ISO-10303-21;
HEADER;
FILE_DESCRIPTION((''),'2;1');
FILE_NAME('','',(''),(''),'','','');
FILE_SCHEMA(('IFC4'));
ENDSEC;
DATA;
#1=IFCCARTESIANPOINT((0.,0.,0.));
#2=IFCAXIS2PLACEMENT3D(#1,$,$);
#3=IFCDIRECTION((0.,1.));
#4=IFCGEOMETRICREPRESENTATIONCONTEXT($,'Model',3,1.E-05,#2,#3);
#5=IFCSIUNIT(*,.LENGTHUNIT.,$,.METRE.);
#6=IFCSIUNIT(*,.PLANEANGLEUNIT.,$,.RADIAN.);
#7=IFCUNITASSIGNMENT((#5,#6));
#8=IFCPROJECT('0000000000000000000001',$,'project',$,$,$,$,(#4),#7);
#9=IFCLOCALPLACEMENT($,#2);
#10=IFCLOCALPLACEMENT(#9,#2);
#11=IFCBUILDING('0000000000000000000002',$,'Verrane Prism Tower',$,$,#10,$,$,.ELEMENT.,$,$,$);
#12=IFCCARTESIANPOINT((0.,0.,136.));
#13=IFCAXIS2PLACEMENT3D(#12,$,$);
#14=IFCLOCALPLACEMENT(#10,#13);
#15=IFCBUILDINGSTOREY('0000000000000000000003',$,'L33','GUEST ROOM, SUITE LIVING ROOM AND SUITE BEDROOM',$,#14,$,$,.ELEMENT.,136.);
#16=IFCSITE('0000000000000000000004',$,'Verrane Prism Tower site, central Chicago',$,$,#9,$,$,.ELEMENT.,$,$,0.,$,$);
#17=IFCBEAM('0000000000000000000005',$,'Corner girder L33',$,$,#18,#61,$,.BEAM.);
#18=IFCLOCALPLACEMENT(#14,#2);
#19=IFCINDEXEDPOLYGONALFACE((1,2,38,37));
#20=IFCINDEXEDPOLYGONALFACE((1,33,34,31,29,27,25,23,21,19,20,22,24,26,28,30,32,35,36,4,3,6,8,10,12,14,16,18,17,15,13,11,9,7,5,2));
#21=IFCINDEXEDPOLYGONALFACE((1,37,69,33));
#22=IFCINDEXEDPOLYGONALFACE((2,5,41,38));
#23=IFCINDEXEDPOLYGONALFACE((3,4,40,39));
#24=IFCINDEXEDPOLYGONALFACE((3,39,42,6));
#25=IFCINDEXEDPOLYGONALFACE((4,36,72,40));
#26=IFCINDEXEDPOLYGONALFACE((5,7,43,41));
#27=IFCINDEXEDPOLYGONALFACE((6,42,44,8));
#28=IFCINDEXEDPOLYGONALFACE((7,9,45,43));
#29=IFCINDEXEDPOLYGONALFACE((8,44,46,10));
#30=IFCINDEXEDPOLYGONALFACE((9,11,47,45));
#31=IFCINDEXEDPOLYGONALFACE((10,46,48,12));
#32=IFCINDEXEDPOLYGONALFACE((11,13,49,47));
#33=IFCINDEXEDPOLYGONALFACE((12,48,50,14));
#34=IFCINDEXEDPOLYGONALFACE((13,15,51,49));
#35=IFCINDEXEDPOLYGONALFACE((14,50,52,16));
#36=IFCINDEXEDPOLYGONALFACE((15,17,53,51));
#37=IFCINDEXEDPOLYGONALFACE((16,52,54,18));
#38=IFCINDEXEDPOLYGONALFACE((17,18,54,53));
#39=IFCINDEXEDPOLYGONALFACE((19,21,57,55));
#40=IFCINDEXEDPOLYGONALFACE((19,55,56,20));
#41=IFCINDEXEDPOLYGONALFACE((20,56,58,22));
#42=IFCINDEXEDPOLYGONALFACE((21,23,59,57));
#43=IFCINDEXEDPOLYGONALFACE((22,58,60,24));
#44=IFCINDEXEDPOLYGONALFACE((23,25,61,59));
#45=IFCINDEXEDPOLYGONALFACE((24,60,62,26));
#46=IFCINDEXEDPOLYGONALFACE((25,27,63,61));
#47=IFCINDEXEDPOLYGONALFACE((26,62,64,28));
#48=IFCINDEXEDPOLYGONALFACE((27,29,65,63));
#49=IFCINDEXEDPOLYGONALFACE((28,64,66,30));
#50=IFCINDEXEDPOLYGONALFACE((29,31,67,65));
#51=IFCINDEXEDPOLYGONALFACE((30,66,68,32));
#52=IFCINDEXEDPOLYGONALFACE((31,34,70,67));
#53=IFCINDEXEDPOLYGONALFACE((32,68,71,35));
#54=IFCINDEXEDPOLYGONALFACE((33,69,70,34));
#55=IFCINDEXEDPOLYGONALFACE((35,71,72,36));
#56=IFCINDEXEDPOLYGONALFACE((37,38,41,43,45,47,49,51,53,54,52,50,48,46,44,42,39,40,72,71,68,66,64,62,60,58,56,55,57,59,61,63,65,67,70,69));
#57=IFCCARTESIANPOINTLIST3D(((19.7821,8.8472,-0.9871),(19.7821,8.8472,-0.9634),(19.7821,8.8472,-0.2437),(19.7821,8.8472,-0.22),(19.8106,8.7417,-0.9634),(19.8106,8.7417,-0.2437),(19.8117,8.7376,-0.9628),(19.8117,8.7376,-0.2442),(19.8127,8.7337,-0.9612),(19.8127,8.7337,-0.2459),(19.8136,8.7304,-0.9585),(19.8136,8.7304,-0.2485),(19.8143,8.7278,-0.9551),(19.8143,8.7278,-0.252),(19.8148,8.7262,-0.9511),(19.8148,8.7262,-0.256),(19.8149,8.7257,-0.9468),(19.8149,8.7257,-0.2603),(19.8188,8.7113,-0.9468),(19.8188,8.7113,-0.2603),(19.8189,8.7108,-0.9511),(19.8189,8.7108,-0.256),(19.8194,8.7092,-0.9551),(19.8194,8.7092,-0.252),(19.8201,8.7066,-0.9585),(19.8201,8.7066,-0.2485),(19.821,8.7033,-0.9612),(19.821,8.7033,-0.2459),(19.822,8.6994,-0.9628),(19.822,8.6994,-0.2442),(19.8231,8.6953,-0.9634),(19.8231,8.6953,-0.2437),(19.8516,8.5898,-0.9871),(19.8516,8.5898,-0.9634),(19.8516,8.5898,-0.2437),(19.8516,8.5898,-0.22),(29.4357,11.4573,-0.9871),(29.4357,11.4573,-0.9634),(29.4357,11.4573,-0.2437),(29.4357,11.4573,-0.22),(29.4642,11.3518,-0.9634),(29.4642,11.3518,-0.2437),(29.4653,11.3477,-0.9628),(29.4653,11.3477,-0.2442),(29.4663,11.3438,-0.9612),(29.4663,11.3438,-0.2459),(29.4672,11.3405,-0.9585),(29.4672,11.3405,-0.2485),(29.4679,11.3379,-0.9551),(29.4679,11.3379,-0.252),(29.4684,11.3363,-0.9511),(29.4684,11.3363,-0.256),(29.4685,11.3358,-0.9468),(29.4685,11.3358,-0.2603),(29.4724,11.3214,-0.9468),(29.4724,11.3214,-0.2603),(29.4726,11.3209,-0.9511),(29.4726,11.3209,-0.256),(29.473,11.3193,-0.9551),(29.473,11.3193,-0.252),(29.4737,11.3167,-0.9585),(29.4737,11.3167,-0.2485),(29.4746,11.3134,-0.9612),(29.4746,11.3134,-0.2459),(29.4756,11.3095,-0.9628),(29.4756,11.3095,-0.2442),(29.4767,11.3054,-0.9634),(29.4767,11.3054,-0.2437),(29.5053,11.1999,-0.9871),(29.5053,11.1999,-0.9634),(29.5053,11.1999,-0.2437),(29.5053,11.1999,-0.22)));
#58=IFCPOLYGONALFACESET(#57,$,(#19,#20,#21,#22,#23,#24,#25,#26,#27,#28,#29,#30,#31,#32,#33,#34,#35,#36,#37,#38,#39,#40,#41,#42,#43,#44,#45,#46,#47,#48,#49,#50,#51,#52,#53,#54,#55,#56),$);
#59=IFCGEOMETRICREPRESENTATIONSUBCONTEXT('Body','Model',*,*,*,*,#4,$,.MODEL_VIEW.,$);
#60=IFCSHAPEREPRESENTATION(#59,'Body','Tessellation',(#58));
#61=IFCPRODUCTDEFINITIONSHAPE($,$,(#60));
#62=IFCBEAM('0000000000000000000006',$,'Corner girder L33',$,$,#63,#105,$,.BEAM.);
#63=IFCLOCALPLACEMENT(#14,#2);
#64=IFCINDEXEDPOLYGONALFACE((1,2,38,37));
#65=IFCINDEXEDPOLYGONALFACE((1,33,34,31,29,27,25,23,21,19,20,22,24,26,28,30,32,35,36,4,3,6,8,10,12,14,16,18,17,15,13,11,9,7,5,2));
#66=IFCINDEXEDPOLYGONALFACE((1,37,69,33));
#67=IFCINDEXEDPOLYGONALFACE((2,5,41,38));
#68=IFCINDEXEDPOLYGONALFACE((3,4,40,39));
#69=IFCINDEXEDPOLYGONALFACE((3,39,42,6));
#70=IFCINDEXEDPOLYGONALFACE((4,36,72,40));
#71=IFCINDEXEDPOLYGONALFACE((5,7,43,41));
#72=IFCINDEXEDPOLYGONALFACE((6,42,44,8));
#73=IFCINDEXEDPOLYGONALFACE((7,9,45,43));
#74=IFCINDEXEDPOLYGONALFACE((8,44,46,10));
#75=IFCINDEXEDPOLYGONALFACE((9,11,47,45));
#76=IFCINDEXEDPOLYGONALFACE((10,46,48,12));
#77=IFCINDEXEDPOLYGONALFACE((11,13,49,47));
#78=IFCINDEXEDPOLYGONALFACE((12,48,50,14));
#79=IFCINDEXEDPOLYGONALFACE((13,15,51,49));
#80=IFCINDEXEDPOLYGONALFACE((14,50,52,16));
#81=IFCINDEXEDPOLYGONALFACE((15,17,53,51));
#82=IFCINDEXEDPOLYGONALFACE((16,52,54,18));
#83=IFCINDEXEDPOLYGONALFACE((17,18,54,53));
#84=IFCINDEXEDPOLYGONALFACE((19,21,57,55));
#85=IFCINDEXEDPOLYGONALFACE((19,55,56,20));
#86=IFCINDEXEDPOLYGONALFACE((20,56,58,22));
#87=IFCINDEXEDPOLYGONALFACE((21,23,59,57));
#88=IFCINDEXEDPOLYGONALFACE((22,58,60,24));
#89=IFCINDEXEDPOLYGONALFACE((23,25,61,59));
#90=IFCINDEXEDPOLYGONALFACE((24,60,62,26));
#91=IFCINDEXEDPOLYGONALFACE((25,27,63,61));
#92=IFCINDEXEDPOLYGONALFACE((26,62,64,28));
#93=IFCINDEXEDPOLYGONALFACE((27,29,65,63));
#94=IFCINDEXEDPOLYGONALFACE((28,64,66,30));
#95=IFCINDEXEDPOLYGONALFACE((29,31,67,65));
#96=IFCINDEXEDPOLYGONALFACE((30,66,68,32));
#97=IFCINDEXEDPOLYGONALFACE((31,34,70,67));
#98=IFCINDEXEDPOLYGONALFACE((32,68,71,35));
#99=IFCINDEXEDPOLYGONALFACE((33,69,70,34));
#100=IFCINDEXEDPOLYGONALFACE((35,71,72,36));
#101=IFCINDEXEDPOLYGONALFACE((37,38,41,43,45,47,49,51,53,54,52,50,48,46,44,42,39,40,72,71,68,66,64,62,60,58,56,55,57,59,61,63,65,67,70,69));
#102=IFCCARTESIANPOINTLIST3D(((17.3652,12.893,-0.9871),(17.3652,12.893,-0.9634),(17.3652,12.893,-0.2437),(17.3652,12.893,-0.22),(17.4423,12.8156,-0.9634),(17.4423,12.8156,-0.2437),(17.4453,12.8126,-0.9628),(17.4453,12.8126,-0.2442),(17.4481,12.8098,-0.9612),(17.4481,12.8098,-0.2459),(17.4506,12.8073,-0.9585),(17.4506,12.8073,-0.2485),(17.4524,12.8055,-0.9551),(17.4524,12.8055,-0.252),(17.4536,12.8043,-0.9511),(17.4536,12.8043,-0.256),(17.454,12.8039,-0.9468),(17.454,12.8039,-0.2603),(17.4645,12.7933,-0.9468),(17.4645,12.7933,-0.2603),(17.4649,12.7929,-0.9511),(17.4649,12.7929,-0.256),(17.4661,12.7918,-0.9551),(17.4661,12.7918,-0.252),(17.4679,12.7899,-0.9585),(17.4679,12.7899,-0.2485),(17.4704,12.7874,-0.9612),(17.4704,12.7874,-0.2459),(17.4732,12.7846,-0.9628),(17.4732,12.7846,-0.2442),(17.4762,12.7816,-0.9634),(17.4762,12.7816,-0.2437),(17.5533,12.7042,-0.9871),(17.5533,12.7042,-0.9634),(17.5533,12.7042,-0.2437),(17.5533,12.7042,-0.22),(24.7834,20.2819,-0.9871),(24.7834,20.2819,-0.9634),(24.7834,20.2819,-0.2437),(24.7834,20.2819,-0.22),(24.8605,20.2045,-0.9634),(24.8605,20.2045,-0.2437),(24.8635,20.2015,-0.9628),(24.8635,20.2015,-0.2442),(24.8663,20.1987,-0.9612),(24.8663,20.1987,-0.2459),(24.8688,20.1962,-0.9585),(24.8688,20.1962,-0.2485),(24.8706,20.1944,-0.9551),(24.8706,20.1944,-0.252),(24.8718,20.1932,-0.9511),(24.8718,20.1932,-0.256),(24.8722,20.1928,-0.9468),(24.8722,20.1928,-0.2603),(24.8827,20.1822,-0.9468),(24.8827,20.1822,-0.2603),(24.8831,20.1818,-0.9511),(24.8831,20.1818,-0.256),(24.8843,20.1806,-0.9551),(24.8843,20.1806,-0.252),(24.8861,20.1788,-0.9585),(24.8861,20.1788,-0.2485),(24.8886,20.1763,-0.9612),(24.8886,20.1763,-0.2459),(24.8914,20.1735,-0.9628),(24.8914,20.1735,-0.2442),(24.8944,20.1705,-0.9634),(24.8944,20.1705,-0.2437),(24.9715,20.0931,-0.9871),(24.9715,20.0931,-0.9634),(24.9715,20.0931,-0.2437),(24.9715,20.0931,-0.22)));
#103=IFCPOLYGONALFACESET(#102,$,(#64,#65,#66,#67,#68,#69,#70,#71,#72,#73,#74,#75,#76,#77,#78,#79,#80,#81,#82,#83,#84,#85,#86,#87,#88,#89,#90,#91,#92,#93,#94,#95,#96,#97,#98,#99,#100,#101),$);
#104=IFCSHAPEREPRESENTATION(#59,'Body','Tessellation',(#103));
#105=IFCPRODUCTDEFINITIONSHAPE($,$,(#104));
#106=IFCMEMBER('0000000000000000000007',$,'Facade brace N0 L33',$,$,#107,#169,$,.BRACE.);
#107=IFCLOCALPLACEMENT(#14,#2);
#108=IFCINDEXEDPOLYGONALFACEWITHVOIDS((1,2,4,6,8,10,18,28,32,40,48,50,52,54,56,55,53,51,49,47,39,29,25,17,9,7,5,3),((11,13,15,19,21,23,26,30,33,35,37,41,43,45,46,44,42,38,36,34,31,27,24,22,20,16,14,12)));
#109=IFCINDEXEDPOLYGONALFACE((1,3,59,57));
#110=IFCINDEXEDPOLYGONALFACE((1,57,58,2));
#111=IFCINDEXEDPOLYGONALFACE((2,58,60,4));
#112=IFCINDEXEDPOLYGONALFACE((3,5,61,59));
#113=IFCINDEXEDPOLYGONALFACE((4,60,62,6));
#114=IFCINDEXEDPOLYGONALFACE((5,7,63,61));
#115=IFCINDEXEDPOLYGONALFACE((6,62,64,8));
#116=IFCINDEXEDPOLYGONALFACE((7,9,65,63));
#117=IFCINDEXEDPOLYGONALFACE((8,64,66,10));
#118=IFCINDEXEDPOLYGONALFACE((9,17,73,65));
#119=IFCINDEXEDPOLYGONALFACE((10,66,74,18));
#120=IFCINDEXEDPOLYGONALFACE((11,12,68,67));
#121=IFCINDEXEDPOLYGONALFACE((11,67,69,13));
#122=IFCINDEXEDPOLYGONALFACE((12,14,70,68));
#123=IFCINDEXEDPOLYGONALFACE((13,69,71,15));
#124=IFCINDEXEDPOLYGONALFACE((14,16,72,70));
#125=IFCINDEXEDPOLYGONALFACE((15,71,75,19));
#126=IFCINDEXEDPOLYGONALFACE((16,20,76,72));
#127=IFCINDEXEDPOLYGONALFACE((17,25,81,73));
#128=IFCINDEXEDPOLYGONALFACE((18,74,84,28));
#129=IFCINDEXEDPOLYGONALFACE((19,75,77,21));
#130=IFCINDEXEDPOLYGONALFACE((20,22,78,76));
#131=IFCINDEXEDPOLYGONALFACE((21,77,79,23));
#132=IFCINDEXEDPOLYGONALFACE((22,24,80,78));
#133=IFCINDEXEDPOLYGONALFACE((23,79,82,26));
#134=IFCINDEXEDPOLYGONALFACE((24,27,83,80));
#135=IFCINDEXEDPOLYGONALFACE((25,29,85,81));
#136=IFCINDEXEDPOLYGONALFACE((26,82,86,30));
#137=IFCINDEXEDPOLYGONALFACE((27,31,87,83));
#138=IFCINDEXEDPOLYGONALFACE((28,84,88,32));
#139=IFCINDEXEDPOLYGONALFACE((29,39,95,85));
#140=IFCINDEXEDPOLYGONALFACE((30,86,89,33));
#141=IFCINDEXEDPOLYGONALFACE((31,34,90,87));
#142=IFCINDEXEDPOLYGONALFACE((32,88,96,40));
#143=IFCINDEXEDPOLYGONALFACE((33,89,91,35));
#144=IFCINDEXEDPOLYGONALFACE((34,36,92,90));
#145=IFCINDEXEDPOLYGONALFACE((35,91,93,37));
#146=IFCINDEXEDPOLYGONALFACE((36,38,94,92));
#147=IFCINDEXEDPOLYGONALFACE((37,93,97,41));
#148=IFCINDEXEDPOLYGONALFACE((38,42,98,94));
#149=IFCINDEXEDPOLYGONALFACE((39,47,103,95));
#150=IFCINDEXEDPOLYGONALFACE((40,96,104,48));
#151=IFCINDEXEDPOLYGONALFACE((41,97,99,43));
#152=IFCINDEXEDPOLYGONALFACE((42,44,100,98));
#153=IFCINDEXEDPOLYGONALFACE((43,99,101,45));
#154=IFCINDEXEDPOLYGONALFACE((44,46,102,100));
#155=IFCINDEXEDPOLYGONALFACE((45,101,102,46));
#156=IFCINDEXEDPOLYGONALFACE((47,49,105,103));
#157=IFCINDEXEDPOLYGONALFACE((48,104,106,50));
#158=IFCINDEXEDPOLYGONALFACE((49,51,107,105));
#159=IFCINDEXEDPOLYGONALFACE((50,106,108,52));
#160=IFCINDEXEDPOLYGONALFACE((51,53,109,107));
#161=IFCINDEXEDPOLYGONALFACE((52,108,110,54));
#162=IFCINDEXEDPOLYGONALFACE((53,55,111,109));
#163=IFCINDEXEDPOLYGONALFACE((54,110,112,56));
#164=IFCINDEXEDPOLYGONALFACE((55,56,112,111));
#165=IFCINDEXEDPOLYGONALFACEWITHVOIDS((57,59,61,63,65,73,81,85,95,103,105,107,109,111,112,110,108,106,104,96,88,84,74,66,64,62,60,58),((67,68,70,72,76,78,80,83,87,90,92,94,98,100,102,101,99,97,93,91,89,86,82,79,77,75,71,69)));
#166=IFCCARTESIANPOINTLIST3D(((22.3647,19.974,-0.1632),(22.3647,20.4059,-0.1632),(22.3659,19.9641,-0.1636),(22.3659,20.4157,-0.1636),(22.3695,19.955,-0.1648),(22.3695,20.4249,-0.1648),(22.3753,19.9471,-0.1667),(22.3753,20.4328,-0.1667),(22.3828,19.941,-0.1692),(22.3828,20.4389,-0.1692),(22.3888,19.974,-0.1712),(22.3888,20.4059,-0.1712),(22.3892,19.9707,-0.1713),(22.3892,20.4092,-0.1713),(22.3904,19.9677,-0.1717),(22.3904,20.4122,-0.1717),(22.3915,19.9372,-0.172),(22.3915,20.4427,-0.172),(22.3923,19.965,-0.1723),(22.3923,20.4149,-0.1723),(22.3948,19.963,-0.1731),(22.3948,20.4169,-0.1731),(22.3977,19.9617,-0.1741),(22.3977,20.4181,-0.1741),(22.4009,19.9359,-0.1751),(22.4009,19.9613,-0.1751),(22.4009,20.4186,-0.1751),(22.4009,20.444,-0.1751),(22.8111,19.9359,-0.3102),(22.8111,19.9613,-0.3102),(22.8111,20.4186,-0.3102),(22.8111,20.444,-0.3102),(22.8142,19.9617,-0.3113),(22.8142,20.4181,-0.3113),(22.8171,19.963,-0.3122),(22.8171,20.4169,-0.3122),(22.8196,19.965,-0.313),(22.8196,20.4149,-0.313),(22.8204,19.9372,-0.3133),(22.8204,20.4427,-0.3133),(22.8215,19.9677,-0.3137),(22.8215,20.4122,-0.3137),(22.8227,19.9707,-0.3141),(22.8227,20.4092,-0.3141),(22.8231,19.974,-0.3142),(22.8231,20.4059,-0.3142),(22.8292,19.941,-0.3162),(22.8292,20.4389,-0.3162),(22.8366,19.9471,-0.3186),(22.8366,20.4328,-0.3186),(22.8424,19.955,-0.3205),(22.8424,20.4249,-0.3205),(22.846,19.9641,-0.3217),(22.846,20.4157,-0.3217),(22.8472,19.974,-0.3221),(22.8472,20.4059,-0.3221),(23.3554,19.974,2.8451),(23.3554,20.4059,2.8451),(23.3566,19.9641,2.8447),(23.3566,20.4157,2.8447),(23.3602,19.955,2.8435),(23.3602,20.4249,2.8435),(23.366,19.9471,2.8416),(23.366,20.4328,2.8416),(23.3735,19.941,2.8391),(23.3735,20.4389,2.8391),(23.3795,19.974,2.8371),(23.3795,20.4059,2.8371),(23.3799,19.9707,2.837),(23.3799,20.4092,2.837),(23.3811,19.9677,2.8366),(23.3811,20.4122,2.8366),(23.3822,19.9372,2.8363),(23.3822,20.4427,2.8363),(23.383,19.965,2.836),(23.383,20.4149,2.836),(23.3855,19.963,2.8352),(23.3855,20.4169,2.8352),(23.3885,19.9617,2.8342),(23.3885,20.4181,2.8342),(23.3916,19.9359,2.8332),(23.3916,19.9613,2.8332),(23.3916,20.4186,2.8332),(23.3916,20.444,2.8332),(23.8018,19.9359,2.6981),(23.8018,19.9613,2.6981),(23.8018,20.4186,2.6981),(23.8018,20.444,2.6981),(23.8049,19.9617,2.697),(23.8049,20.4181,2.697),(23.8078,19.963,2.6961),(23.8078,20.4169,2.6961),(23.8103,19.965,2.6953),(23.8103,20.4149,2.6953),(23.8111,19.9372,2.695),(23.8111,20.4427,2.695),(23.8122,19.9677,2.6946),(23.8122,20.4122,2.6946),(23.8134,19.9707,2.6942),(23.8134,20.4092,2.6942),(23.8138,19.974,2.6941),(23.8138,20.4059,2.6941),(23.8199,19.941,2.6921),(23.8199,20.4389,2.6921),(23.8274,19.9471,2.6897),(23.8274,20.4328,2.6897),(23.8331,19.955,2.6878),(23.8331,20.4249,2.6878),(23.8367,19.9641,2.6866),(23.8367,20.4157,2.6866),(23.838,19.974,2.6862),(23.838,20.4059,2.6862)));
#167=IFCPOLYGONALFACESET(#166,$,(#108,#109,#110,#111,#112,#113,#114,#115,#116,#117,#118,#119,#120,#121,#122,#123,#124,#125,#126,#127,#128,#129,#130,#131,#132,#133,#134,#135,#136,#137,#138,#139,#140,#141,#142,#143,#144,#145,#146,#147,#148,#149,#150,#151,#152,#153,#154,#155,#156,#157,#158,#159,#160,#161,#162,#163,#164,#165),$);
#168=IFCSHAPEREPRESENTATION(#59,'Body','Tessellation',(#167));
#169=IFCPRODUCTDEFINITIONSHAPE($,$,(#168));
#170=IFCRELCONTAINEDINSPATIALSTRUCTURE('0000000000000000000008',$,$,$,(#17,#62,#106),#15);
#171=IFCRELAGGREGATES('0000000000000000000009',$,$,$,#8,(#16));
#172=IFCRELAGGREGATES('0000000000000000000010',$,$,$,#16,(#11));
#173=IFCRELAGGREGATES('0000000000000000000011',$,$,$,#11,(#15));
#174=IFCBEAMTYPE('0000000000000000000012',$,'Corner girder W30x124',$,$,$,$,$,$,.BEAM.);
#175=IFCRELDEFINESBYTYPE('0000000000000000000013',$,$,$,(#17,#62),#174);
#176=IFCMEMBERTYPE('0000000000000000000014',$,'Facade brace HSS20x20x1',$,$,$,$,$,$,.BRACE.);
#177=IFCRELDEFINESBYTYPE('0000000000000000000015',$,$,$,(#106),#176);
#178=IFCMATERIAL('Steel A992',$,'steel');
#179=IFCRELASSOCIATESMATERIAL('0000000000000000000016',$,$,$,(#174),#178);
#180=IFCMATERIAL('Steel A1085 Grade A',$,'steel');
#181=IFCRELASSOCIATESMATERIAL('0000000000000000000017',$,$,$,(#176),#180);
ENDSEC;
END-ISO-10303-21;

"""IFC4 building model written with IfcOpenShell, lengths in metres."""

from ifc_helpers import new_model, si_unit, direction, frame, origin, origin_2d, place, context, subcontext, project, spatial, hollow_rectangle, i_section, extrude, material, material_profile, profile_set, type_object, element, save


model = new_model("IFC4")

# Units and contexts
model_context = context("Model", 3, precision=1e-05, world=origin(), true_north=direction((0.0, 1.0)))
body_context = subcontext(model_context, "Body", "Model", "MODEL_VIEW")
ifc_project = project(units=[si_unit("LENGTHUNIT", "METRE"), si_unit("PLANEANGLEUNIT", "RADIAN")], contexts=[model_context])

# Site, building, storey
site_placement = place(None, origin())
site = spatial("IfcSite", under=ifc_project, at=site_placement, Name="Verrane Prism Tower site, central Chicago", CompositionType="ELEMENT", RefElevation=0.0)
building_placement = place(site_placement, origin())
building = spatial("IfcBuilding", under=site, at=building_placement, Name="Verrane Prism Tower", CompositionType="ELEMENT")
storey_placement = place(building_placement, frame((0.0, 0.0, 136.0)))
storey = spatial("IfcBuildingStorey", under=building, at=storey_placement, Name="L33", Description="GUEST ROOM, SUITE LIVING ROOM AND SUITE BEDROOM", CompositionType="ELEMENT", Elevation=136.0)

# Beams
ifc_material_1 = material(Name="Steel A992", Category="steel")
ifc_material_profile_1 = material_profile(ifc_material_1, i_section(OverallWidth=0.2666, OverallDepth=0.7671, WebThickness=0.0149, FlangeThickness=0.0237, FilletRadius=0.0166, at=origin_2d()), Name="W30x124")
ifc_profile_set_1 = profile_set([ifc_material_profile_1], Name="Steel A992")
beam_type_1 = type_object("IfcBeamType", Name="Corner girder W30x124", PredefinedType="BEAM", material=ifc_profile_set_1)
beam_1_placement = place(storey_placement, frame((29.4705, 11.3286, -0.6035), z_axis=(-0.965337, -0.261006, 0.0), x_axis=(0.261006, -0.965337, 0.0)))
element("IfcBeam", 1, at=beam_1_placement, inside=storey, type_object=beam_type_1, Name="Corner girder L33", PredefinedType="BEAM", context=body_context, shape_type="SweptSolid", body=[
    extrude(i_section(OverallWidth=0.2666, OverallDepth=0.7671, WebThickness=0.0149, FlangeThickness=0.0237, FilletRadius=0.0166, at=origin_2d()), origin(), (0.0, 0.0, 1.0), 10.0002),
])
beam_2_placement = place(storey_placement, frame((24.8774, 20.1875, -0.6035), z_axis=(-0.708504, -0.705706, 0.0), x_axis=(0.705706, -0.708504, 0.0)))
element("IfcBeam", 2, at=beam_2_placement, inside=storey, type_object=beam_type_1, Name="Corner girder L33", PredefinedType="BEAM", context=body_context, shape_type="SweptSolid", body=[
    extrude(i_section(OverallWidth=0.2666, OverallDepth=0.7671, WebThickness=0.0149, FlangeThickness=0.0237, FilletRadius=0.0166, at=origin_2d()), origin(), (0.0, 0.0, 1.0), 10.4702),
])

# Member
ifc_material_2 = material(Name="Steel A1085 Grade A", Category="steel")
ifc_material_profile_2 = material_profile(ifc_material_2, hollow_rectangle(XDim=0.5081, YDim=0.5081, WallThickness=0.0254, InnerFilletRadius=0.0127, OuterFilletRadius=0.0381, at=origin_2d()), Name="HSS20x20x1")
ifc_profile_set_2 = profile_set([ifc_material_profile_2], Name="Steel A1085 Grade A")
member_type_1 = type_object("IfcMemberType", Name="Facade brace HSS20x20x1", PredefinedType="BRACE", material=ifc_profile_set_2)
member_1_placement = place(storey_placement, frame((22.606, 20.1899, -0.2427), z_axis=(0.312803, 0.0, 0.949818), x_axis=(0.0, 1.0, 0.0)))
element("IfcMember", 3, at=member_1_placement, inside=storey, type_object=member_type_1, Name="Facade brace N0 L33", PredefinedType="BRACE", context=body_context, shape_type="SweptSolid", body=[
    extrude(hollow_rectangle(XDim=0.5081, YDim=0.5081, WallThickness=0.0254, InnerFilletRadius=0.0127, OuterFilletRadius=0.0381, at=origin_2d()), origin(), (0.0, 0.0, 1.0), 3.1672),
])

save(model, "model.ifc")
